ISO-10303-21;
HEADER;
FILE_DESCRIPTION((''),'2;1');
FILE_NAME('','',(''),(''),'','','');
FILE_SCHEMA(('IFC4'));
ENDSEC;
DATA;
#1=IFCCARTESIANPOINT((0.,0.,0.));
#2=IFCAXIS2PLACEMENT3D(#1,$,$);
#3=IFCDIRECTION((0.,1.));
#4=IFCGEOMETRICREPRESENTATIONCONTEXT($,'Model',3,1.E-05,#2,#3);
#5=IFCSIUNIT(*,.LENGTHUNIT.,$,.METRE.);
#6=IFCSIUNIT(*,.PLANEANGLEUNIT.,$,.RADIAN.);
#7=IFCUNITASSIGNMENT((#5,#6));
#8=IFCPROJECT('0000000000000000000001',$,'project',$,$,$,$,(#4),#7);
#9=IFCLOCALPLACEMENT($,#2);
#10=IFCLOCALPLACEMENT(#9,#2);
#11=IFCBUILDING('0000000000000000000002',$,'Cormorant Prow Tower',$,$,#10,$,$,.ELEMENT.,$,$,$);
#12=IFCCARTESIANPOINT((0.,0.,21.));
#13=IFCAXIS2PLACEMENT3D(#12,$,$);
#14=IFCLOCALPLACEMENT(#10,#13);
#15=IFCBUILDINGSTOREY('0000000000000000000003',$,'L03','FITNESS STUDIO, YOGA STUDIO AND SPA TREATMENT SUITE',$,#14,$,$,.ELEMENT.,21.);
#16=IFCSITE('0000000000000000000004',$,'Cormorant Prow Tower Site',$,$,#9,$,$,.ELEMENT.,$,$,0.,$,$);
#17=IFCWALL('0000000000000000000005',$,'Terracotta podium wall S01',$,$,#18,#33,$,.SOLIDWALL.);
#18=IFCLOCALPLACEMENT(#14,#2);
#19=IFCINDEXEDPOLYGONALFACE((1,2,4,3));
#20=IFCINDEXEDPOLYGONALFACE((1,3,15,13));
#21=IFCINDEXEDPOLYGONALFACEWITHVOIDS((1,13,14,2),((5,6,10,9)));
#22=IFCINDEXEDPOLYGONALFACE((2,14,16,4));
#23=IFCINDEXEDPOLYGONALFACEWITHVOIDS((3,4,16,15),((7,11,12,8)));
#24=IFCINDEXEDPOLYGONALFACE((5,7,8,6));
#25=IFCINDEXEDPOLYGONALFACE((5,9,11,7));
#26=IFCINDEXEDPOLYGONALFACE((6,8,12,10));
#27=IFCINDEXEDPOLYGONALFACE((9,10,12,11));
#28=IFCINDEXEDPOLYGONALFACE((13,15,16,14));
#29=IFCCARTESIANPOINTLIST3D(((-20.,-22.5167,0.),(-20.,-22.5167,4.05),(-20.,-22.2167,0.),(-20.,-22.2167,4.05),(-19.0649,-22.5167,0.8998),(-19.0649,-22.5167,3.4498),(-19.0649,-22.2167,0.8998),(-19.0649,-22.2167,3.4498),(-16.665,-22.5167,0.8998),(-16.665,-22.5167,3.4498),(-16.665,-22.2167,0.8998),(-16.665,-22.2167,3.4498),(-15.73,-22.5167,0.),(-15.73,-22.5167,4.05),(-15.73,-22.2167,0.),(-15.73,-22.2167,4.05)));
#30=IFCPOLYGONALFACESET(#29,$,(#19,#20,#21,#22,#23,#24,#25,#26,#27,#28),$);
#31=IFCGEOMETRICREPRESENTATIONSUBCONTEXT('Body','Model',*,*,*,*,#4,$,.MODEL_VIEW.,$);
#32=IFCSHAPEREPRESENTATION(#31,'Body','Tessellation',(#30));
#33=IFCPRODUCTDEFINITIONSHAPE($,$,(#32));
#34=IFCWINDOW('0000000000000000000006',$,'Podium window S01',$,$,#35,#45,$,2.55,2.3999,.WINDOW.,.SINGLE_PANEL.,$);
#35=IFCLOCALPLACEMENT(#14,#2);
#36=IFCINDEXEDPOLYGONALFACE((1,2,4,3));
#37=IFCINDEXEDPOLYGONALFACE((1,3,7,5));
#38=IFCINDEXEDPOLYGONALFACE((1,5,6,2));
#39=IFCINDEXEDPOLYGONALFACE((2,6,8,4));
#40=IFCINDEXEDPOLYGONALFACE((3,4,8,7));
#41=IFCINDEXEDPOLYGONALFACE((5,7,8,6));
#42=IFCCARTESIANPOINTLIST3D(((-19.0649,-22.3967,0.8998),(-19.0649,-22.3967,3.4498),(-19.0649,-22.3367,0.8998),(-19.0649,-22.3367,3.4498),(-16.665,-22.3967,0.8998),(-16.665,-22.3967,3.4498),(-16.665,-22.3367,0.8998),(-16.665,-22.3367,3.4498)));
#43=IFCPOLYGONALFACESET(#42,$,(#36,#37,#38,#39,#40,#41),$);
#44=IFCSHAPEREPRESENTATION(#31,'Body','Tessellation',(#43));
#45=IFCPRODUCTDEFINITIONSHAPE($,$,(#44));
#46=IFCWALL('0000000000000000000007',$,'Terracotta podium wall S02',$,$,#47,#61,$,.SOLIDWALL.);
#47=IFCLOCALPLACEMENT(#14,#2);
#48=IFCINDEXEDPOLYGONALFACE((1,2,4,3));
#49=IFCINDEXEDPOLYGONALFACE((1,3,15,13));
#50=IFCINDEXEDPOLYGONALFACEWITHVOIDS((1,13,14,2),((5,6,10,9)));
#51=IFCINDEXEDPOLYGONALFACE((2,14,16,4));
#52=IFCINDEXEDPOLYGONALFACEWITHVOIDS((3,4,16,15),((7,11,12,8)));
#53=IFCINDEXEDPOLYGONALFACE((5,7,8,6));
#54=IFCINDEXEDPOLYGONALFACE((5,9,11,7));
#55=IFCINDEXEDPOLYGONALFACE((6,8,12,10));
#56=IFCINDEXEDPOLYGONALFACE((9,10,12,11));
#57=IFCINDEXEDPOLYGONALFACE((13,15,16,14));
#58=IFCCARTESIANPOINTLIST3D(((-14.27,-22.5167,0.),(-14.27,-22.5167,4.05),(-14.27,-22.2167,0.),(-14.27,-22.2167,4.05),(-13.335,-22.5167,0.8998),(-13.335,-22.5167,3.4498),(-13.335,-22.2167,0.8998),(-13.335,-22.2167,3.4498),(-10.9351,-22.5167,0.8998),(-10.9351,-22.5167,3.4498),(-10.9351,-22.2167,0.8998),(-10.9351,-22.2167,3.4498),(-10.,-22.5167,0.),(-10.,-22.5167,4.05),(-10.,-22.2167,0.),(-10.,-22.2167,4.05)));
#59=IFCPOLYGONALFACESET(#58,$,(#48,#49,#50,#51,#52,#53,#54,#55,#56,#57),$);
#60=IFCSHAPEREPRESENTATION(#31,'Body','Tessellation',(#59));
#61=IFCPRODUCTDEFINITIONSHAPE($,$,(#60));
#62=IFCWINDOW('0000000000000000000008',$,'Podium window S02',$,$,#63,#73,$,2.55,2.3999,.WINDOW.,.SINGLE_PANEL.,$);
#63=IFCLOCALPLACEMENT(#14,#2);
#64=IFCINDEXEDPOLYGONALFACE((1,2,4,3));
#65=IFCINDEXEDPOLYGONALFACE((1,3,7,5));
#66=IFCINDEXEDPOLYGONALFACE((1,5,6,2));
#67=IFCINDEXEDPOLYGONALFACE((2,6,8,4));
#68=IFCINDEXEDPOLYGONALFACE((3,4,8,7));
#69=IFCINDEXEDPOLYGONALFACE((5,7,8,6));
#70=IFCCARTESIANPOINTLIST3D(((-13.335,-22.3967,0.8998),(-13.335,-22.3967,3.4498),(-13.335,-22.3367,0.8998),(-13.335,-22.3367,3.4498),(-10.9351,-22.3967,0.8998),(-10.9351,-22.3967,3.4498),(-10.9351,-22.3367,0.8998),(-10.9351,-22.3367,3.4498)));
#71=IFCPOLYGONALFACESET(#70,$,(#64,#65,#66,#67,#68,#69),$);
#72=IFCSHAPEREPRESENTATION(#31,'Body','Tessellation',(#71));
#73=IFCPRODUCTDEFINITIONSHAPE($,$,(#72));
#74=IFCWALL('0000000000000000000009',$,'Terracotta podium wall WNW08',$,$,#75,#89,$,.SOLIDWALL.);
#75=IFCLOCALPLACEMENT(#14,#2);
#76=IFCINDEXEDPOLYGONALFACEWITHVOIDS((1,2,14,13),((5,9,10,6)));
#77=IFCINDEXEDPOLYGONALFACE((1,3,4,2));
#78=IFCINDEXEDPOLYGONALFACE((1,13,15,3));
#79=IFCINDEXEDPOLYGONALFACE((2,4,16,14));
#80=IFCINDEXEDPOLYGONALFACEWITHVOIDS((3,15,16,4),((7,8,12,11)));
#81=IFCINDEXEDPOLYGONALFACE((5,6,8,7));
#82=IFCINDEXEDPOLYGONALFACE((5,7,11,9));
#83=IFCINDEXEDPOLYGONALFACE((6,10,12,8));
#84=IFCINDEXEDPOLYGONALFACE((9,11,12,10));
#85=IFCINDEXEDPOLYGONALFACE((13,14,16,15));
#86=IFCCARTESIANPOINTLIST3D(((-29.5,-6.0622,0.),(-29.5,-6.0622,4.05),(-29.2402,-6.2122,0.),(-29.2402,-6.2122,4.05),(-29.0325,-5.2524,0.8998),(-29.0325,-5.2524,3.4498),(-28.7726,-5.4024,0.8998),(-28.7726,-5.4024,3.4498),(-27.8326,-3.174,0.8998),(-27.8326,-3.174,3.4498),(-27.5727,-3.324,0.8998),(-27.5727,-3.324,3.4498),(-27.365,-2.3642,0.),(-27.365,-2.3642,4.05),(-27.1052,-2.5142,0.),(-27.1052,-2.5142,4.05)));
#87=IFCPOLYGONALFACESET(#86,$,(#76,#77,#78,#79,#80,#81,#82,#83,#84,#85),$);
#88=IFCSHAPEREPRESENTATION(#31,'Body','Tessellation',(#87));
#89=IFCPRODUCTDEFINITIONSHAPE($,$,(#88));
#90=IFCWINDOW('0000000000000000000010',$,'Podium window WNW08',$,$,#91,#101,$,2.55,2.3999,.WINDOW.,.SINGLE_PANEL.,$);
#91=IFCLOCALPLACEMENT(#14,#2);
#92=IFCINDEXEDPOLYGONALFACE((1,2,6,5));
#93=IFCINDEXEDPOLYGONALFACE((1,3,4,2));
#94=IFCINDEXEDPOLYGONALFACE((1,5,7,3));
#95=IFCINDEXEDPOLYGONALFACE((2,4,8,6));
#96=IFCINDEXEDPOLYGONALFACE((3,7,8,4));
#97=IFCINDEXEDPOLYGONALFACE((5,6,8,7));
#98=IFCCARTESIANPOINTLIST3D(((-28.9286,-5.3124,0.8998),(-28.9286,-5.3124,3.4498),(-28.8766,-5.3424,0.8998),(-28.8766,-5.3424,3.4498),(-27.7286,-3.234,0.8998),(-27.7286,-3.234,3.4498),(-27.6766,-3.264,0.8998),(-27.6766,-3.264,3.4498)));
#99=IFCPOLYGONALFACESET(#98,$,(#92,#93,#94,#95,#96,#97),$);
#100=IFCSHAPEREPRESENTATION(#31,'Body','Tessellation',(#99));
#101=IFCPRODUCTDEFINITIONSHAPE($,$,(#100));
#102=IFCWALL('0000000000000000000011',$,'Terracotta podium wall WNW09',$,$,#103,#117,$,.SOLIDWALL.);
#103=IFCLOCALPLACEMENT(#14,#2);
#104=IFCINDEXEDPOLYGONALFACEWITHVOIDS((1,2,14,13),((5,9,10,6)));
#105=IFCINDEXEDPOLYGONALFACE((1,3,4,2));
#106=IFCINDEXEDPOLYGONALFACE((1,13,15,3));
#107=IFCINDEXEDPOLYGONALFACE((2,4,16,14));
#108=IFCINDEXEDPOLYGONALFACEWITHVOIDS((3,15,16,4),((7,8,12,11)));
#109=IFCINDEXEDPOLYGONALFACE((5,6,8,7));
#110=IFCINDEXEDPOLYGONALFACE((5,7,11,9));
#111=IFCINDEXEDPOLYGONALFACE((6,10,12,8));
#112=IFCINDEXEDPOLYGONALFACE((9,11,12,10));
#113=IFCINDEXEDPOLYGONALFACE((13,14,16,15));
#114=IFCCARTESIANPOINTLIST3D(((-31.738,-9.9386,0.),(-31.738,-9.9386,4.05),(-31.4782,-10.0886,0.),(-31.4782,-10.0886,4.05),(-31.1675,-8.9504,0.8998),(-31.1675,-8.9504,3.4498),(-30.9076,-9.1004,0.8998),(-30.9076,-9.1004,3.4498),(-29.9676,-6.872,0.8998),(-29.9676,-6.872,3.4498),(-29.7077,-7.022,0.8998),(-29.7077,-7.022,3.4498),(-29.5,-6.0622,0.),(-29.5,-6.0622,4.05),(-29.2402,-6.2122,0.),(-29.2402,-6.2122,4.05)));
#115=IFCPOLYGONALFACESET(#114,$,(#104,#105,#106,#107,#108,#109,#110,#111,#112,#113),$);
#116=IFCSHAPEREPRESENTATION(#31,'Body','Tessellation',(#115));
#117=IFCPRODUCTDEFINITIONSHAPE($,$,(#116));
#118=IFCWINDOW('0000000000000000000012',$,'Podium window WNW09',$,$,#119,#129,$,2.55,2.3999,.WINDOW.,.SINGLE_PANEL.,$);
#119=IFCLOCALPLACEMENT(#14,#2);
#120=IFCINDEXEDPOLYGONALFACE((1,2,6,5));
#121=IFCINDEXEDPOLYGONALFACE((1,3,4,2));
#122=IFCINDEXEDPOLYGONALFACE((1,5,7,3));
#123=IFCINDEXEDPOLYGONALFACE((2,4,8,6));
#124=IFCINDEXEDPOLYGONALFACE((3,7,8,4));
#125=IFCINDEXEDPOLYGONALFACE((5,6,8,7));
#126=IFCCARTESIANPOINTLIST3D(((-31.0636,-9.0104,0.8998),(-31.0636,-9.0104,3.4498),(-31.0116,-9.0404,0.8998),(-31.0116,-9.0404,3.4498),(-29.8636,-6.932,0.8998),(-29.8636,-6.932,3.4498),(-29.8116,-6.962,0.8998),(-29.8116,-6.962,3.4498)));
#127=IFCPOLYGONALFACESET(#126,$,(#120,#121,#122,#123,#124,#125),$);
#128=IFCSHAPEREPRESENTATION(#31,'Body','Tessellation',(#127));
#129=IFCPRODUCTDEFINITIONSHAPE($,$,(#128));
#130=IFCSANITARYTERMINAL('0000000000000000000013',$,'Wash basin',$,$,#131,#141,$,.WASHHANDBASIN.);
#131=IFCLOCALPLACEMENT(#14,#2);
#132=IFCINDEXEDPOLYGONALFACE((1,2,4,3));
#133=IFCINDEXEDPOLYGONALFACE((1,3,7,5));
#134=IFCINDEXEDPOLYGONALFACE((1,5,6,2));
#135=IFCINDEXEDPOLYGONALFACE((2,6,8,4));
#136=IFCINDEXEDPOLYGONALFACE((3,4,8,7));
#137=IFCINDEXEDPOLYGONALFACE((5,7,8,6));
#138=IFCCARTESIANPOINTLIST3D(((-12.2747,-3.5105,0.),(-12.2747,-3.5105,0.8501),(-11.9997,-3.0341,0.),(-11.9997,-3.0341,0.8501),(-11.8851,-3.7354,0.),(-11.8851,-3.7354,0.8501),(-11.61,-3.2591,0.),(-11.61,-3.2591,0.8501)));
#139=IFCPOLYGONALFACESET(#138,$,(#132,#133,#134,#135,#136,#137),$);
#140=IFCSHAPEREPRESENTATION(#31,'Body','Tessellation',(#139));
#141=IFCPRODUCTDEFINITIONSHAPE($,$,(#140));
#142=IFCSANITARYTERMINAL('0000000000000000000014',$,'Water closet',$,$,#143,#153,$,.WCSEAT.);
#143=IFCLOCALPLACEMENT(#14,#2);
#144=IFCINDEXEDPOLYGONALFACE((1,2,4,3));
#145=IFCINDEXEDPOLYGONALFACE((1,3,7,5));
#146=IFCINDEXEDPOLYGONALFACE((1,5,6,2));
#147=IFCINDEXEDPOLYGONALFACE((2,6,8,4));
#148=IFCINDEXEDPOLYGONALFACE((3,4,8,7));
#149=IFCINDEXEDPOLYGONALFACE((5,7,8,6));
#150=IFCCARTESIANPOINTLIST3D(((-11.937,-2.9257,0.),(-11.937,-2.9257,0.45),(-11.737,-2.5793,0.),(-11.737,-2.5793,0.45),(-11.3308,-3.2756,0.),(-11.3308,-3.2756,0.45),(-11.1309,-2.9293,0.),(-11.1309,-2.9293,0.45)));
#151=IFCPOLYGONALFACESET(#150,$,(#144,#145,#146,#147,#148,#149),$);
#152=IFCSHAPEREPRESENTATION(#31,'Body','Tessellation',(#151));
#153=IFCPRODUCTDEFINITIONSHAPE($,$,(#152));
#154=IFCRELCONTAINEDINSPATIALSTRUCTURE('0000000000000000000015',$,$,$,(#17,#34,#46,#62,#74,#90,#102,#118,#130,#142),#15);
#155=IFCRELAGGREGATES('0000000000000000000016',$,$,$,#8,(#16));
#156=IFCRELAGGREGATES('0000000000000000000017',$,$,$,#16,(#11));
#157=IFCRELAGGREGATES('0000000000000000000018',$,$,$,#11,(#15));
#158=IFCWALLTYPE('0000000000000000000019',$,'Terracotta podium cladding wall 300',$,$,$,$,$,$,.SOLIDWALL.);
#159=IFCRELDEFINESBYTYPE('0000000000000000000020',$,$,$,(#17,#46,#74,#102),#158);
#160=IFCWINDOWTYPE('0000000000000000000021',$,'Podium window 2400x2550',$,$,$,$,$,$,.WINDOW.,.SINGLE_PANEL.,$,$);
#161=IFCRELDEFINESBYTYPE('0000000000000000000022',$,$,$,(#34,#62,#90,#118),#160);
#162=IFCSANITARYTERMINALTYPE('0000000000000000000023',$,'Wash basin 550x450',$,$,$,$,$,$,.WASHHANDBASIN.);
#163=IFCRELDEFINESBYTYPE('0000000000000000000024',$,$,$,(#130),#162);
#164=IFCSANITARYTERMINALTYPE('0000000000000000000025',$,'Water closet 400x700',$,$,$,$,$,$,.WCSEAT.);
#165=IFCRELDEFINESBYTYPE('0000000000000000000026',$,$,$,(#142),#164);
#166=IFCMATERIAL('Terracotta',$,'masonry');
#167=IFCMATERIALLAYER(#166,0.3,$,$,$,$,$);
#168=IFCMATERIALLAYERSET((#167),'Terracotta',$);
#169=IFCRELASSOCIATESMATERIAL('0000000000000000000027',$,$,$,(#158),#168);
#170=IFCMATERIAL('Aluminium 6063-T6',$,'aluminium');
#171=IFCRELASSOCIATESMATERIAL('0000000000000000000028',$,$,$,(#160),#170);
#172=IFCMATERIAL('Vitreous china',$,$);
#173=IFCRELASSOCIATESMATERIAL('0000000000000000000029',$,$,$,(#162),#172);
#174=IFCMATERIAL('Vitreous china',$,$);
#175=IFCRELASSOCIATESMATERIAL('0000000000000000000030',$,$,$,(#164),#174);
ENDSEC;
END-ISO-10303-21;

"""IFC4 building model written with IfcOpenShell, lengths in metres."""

from ifc_helpers import new_model, si_unit, direction, frame, frame_2d, origin, origin_2d, place, context, subcontext, project, spatial, rectangle, extrude, material, layer, layer_set, type_object, element, fill, save


model = new_model("IFC4")

# Units and contexts
model_context = context("Model", 3, precision=1e-05, world=origin(), true_north=direction((0.0, 1.0)))
body_context = subcontext(model_context, "Body", "Model", "MODEL_VIEW")
ifc_project = project(units=[si_unit("LENGTHUNIT", "METRE"), si_unit("PLANEANGLEUNIT", "RADIAN")], contexts=[model_context])

# Site, building, storey
site_placement = place(None, origin())
site = spatial("IfcSite", under=ifc_project, at=site_placement, Name="Cormorant Prow Tower Site", CompositionType="ELEMENT", RefElevation=0.0)
building_placement = place(site_placement, origin())
building = spatial("IfcBuilding", under=site, at=building_placement, Name="Cormorant Prow Tower", CompositionType="ELEMENT")
storey_placement = place(building_placement, frame((0.0, 0.0, 21.0)))
storey = spatial("IfcBuildingStorey", under=building, at=storey_placement, Name="L03", Description="FITNESS STUDIO, YOGA STUDIO AND SPA TREATMENT SUITE", CompositionType="ELEMENT", Elevation=21.0)

# Walls, openings, windows
ifc_material_1 = material(Name="Terracotta", Category="masonry")
ifc_layer_1 = layer(ifc_material_1, 0.3)
ifc_layer_set_1 = layer_set([ifc_layer_1], Name="Terracotta")
wall_type_1 = type_object("IfcWallType", Name="Terracotta podium cladding wall 300", PredefinedType="SOLIDWALL", material=ifc_layer_set_1)
ifc_material_2 = material(Name="Aluminium 6063-T6", Category="aluminium")
window_type = type_object("IfcWindowType", Name="Podium window 2400x2550", PartitioningType="SINGLE_PANEL", PredefinedType="WINDOW", material=ifc_material_2)
wall_1_placement = place(storey_placement, frame((-20.0, -22.3667, 0.0), z_axis=(0.0, 0.0, 1.0), x_axis=(1.0, 0.0, 0.0)))
wall_1 = element("IfcWall", 1, at=wall_1_placement, inside=storey, type_object=wall_type_1, Name="Terracotta podium wall S01", PredefinedType="SOLIDWALL", context=body_context, shape_type="SweptSolid", body=[
    extrude(rectangle(XDim=4.27, YDim=0.3, at=frame_2d((2.135, 0.0))), origin(), (0.0, 0.0, 1.0), 4.05),
])
opening_1_placement = place(wall_1_placement, frame((0.9351, 0.0, 0.8999)))
opening_1 = element("IfcOpeningElement", 2, at=opening_1_placement, cuts=wall_1, PredefinedType="OPENING", context=body_context, shape_type="SweptSolid", body=[
    extrude(rectangle(XDim=2.3999, YDim=2.55, at=frame_2d((1.2, 1.2749))), frame((0.0, 0.1599, 0.0), z_axis=(0.0, -1.0, 0.0), x_axis=(1.0, 0.0, 0.0)), (0.0, 0.0, 1.0), 0.3201),
])
window_1_placement = place(opening_1_placement, origin())
window_1 = element("IfcWindow", 3, at=window_1_placement, inside=storey, type_object=window_type, Name="Podium window S01", OverallHeight=2.55, OverallWidth=2.3999, PartitioningType="SINGLE_PANEL", PredefinedType="WINDOW", context=body_context, shape_type="SweptSolid", body=[
    extrude(rectangle(XDim=2.3999, YDim=2.55, at=frame_2d((1.2, 1.2749))), frame((0.0, 0.03, 0.0), z_axis=(0.0, -1.0, 0.0), x_axis=(1.0, 0.0, 0.0)), (0.0, 0.0, 1.0), 0.0601),
])
fill(opening_1, window_1)
wall_2_placement = place(storey_placement, frame((-14.27, -22.3667, 0.0), z_axis=(0.0, 0.0, 1.0), x_axis=(1.0, 0.0, 0.0)))
wall_2 = element("IfcWall", 4, at=wall_2_placement, inside=storey, type_object=wall_type_1, Name="Terracotta podium wall S02", PredefinedType="SOLIDWALL", context=body_context, shape_type="SweptSolid", body=[
    extrude(rectangle(XDim=4.27, YDim=0.3, at=frame_2d((2.135, 0.0))), origin(), (0.0, 0.0, 1.0), 4.05),
])
opening_2_placement = place(wall_2_placement, frame((0.9351, 0.0, 0.8999)))
opening_2 = element("IfcOpeningElement", 5, at=opening_2_placement, cuts=wall_2, PredefinedType="OPENING", context=body_context, shape_type="SweptSolid", body=[
    extrude(rectangle(XDim=2.3999, YDim=2.55, at=frame_2d((1.2, 1.2749))), frame((0.0, 0.1599, 0.0), z_axis=(0.0, -1.0, 0.0), x_axis=(1.0, 0.0, 0.0)), (0.0, 0.0, 1.0), 0.3201),
])
window_2_placement = place(opening_2_placement, origin())
window_2 = element("IfcWindow", 6, at=window_2_placement, inside=storey, type_object=window_type, Name="Podium window S02", OverallHeight=2.55, OverallWidth=2.3999, PartitioningType="SINGLE_PANEL", PredefinedType="WINDOW", context=body_context, shape_type="SweptSolid", body=[
    extrude(rectangle(XDim=2.3999, YDim=2.55, at=frame_2d((1.2, 1.2749))), frame((0.0, 0.03, 0.0), z_axis=(0.0, -1.0, 0.0), x_axis=(1.0, 0.0, 0.0)), (0.0, 0.0, 1.0), 0.0601),
])
fill(opening_2, window_2)
wall_3_placement = place(storey_placement, frame((-27.2351, -2.4392, 0.0), z_axis=(0.0, 0.0, 1.0), x_axis=(-0.499995, -0.866028, 0.0)))
wall_3 = element("IfcWall", 7, at=wall_3_placement, inside=storey, type_object=wall_type_1, Name="Terracotta podium wall WNW08", PredefinedType="SOLIDWALL", context=body_context, shape_type="SweptSolid", body=[
    extrude(rectangle(XDim=4.27, YDim=0.3, at=frame_2d((2.135, 0.0))), origin(), (0.0, 0.0, 1.0), 4.05),
])
opening_3_placement = place(wall_3_placement, frame((0.9351, 0.0, 0.8999)))
opening_3 = element("IfcOpeningElement", 8, at=opening_3_placement, cuts=wall_3, PredefinedType="OPENING", context=body_context, shape_type="SweptSolid", body=[
    extrude(rectangle(XDim=2.3999, YDim=2.55, at=frame_2d((1.2, 1.2749))), frame((0.0, 0.1599, 0.0), z_axis=(0.0, -1.0, 0.0), x_axis=(1.0, 0.0, 0.0)), (0.0, 0.0, 1.0), 0.3201),
])
window_3_placement = place(opening_3_placement, origin())
window_3 = element("IfcWindow", 9, at=window_3_placement, inside=storey, type_object=window_type, Name="Podium window WNW08", OverallHeight=2.55, OverallWidth=2.3999, PartitioningType="SINGLE_PANEL", PredefinedType="WINDOW", context=body_context, shape_type="SweptSolid", body=[
    extrude(rectangle(XDim=2.3999, YDim=2.55, at=frame_2d((1.2, 1.2749))), frame((0.0, 0.03, 0.0), z_axis=(0.0, -1.0, 0.0), x_axis=(1.0, 0.0, 0.0)), (0.0, 0.0, 1.0), 0.0601),
])
fill(opening_3, window_3)
wall_4_placement = place(storey_placement, frame((-29.3701, -6.1372, 0.0), z_axis=(0.0, 0.0, 1.0), x_axis=(-0.499993, -0.866029, 0.0)))
wall_4 = element("IfcWall", 10, at=wall_4_placement, inside=storey, type_object=wall_type_1, Name="Terracotta podium wall WNW09", PredefinedType="SOLIDWALL", context=body_context, shape_type="SweptSolid", body=[
    extrude(rectangle(XDim=4.4761, YDim=0.3, at=frame_2d((2.238, 0.0))), origin(), (0.0, 0.0, 1.0), 4.05),
])
opening_4_placement = place(wall_4_placement, frame((0.9351, 0.0, 0.8999)))
opening_4 = element("IfcOpeningElement", 11, at=opening_4_placement, cuts=wall_4, PredefinedType="OPENING", context=body_context, shape_type="SweptSolid", body=[
    extrude(rectangle(XDim=2.3999, YDim=2.55, at=frame_2d((1.2, 1.2749))), frame((0.0, 0.1599, 0.0), z_axis=(0.0, -1.0, 0.0), x_axis=(1.0, 0.0, 0.0)), (0.0, 0.0, 1.0), 0.3201),
])
window_4_placement = place(opening_4_placement, origin())
window_4 = element("IfcWindow", 12, at=window_4_placement, inside=storey, type_object=window_type, Name="Podium window WNW09", OverallHeight=2.55, OverallWidth=2.3999, PartitioningType="SINGLE_PANEL", PredefinedType="WINDOW", context=body_context, shape_type="SweptSolid", body=[
    extrude(rectangle(XDim=2.3999, YDim=2.55, at=frame_2d((1.2, 1.2749))), frame((0.0, 0.03, 0.0), z_axis=(0.0, -1.0, 0.0), x_axis=(1.0, 0.0, 0.0)), (0.0, 0.0, 1.0), 0.0601),
])
fill(opening_4, window_4)

# Sanitary terminals
ifc_material_3 = material(Name="Vitreous china")
sanitary_terminal_type_1 = type_object("IfcSanitaryTerminalType", Name="Wash basin 550x450", PredefinedType="WASHHANDBASIN", material=ifc_material_3)
sanitary_terminal_1_placement = place(storey_placement, frame((-11.9424, -3.3848, 0.0), z_axis=(0.0, 0.0, 1.0), x_axis=(-0.5, -0.866025, 0.0)))
element("IfcSanitaryTerminal", 13, at=sanitary_terminal_1_placement, inside=storey, type_object=sanitary_terminal_type_1, Name="Wash basin", PredefinedType="WASHHANDBASIN", context=body_context, shape_type="SweptSolid", body=[
    extrude(rectangle(XDim=0.55, YDim=0.45, at=origin_2d()), origin(), (0.0, 0.0, 1.0), 0.8501),
])
ifc_material_4 = material(Name="Vitreous china")
sanitary_terminal_type_2 = type_object("IfcSanitaryTerminalType", Name="Water closet 400x700", PredefinedType="WCSEAT", material=ifc_material_4)
sanitary_terminal_2_placement = place(storey_placement, frame((-11.5339, -2.9275, 0.0), z_axis=(0.0, 0.0, 1.0), x_axis=(-0.5, -0.866025, 0.0)))
element("IfcSanitaryTerminal", 14, at=sanitary_terminal_2_placement, inside=storey, type_object=sanitary_terminal_type_2, Name="Water closet", PredefinedType="WCSEAT", context=body_context, shape_type="SweptSolid", body=[
    extrude(rectangle(XDim=0.3999, YDim=0.7, at=origin_2d()), origin(), (0.0, 0.0, 1.0), 0.45),
])

save(model, "model.ifc")
